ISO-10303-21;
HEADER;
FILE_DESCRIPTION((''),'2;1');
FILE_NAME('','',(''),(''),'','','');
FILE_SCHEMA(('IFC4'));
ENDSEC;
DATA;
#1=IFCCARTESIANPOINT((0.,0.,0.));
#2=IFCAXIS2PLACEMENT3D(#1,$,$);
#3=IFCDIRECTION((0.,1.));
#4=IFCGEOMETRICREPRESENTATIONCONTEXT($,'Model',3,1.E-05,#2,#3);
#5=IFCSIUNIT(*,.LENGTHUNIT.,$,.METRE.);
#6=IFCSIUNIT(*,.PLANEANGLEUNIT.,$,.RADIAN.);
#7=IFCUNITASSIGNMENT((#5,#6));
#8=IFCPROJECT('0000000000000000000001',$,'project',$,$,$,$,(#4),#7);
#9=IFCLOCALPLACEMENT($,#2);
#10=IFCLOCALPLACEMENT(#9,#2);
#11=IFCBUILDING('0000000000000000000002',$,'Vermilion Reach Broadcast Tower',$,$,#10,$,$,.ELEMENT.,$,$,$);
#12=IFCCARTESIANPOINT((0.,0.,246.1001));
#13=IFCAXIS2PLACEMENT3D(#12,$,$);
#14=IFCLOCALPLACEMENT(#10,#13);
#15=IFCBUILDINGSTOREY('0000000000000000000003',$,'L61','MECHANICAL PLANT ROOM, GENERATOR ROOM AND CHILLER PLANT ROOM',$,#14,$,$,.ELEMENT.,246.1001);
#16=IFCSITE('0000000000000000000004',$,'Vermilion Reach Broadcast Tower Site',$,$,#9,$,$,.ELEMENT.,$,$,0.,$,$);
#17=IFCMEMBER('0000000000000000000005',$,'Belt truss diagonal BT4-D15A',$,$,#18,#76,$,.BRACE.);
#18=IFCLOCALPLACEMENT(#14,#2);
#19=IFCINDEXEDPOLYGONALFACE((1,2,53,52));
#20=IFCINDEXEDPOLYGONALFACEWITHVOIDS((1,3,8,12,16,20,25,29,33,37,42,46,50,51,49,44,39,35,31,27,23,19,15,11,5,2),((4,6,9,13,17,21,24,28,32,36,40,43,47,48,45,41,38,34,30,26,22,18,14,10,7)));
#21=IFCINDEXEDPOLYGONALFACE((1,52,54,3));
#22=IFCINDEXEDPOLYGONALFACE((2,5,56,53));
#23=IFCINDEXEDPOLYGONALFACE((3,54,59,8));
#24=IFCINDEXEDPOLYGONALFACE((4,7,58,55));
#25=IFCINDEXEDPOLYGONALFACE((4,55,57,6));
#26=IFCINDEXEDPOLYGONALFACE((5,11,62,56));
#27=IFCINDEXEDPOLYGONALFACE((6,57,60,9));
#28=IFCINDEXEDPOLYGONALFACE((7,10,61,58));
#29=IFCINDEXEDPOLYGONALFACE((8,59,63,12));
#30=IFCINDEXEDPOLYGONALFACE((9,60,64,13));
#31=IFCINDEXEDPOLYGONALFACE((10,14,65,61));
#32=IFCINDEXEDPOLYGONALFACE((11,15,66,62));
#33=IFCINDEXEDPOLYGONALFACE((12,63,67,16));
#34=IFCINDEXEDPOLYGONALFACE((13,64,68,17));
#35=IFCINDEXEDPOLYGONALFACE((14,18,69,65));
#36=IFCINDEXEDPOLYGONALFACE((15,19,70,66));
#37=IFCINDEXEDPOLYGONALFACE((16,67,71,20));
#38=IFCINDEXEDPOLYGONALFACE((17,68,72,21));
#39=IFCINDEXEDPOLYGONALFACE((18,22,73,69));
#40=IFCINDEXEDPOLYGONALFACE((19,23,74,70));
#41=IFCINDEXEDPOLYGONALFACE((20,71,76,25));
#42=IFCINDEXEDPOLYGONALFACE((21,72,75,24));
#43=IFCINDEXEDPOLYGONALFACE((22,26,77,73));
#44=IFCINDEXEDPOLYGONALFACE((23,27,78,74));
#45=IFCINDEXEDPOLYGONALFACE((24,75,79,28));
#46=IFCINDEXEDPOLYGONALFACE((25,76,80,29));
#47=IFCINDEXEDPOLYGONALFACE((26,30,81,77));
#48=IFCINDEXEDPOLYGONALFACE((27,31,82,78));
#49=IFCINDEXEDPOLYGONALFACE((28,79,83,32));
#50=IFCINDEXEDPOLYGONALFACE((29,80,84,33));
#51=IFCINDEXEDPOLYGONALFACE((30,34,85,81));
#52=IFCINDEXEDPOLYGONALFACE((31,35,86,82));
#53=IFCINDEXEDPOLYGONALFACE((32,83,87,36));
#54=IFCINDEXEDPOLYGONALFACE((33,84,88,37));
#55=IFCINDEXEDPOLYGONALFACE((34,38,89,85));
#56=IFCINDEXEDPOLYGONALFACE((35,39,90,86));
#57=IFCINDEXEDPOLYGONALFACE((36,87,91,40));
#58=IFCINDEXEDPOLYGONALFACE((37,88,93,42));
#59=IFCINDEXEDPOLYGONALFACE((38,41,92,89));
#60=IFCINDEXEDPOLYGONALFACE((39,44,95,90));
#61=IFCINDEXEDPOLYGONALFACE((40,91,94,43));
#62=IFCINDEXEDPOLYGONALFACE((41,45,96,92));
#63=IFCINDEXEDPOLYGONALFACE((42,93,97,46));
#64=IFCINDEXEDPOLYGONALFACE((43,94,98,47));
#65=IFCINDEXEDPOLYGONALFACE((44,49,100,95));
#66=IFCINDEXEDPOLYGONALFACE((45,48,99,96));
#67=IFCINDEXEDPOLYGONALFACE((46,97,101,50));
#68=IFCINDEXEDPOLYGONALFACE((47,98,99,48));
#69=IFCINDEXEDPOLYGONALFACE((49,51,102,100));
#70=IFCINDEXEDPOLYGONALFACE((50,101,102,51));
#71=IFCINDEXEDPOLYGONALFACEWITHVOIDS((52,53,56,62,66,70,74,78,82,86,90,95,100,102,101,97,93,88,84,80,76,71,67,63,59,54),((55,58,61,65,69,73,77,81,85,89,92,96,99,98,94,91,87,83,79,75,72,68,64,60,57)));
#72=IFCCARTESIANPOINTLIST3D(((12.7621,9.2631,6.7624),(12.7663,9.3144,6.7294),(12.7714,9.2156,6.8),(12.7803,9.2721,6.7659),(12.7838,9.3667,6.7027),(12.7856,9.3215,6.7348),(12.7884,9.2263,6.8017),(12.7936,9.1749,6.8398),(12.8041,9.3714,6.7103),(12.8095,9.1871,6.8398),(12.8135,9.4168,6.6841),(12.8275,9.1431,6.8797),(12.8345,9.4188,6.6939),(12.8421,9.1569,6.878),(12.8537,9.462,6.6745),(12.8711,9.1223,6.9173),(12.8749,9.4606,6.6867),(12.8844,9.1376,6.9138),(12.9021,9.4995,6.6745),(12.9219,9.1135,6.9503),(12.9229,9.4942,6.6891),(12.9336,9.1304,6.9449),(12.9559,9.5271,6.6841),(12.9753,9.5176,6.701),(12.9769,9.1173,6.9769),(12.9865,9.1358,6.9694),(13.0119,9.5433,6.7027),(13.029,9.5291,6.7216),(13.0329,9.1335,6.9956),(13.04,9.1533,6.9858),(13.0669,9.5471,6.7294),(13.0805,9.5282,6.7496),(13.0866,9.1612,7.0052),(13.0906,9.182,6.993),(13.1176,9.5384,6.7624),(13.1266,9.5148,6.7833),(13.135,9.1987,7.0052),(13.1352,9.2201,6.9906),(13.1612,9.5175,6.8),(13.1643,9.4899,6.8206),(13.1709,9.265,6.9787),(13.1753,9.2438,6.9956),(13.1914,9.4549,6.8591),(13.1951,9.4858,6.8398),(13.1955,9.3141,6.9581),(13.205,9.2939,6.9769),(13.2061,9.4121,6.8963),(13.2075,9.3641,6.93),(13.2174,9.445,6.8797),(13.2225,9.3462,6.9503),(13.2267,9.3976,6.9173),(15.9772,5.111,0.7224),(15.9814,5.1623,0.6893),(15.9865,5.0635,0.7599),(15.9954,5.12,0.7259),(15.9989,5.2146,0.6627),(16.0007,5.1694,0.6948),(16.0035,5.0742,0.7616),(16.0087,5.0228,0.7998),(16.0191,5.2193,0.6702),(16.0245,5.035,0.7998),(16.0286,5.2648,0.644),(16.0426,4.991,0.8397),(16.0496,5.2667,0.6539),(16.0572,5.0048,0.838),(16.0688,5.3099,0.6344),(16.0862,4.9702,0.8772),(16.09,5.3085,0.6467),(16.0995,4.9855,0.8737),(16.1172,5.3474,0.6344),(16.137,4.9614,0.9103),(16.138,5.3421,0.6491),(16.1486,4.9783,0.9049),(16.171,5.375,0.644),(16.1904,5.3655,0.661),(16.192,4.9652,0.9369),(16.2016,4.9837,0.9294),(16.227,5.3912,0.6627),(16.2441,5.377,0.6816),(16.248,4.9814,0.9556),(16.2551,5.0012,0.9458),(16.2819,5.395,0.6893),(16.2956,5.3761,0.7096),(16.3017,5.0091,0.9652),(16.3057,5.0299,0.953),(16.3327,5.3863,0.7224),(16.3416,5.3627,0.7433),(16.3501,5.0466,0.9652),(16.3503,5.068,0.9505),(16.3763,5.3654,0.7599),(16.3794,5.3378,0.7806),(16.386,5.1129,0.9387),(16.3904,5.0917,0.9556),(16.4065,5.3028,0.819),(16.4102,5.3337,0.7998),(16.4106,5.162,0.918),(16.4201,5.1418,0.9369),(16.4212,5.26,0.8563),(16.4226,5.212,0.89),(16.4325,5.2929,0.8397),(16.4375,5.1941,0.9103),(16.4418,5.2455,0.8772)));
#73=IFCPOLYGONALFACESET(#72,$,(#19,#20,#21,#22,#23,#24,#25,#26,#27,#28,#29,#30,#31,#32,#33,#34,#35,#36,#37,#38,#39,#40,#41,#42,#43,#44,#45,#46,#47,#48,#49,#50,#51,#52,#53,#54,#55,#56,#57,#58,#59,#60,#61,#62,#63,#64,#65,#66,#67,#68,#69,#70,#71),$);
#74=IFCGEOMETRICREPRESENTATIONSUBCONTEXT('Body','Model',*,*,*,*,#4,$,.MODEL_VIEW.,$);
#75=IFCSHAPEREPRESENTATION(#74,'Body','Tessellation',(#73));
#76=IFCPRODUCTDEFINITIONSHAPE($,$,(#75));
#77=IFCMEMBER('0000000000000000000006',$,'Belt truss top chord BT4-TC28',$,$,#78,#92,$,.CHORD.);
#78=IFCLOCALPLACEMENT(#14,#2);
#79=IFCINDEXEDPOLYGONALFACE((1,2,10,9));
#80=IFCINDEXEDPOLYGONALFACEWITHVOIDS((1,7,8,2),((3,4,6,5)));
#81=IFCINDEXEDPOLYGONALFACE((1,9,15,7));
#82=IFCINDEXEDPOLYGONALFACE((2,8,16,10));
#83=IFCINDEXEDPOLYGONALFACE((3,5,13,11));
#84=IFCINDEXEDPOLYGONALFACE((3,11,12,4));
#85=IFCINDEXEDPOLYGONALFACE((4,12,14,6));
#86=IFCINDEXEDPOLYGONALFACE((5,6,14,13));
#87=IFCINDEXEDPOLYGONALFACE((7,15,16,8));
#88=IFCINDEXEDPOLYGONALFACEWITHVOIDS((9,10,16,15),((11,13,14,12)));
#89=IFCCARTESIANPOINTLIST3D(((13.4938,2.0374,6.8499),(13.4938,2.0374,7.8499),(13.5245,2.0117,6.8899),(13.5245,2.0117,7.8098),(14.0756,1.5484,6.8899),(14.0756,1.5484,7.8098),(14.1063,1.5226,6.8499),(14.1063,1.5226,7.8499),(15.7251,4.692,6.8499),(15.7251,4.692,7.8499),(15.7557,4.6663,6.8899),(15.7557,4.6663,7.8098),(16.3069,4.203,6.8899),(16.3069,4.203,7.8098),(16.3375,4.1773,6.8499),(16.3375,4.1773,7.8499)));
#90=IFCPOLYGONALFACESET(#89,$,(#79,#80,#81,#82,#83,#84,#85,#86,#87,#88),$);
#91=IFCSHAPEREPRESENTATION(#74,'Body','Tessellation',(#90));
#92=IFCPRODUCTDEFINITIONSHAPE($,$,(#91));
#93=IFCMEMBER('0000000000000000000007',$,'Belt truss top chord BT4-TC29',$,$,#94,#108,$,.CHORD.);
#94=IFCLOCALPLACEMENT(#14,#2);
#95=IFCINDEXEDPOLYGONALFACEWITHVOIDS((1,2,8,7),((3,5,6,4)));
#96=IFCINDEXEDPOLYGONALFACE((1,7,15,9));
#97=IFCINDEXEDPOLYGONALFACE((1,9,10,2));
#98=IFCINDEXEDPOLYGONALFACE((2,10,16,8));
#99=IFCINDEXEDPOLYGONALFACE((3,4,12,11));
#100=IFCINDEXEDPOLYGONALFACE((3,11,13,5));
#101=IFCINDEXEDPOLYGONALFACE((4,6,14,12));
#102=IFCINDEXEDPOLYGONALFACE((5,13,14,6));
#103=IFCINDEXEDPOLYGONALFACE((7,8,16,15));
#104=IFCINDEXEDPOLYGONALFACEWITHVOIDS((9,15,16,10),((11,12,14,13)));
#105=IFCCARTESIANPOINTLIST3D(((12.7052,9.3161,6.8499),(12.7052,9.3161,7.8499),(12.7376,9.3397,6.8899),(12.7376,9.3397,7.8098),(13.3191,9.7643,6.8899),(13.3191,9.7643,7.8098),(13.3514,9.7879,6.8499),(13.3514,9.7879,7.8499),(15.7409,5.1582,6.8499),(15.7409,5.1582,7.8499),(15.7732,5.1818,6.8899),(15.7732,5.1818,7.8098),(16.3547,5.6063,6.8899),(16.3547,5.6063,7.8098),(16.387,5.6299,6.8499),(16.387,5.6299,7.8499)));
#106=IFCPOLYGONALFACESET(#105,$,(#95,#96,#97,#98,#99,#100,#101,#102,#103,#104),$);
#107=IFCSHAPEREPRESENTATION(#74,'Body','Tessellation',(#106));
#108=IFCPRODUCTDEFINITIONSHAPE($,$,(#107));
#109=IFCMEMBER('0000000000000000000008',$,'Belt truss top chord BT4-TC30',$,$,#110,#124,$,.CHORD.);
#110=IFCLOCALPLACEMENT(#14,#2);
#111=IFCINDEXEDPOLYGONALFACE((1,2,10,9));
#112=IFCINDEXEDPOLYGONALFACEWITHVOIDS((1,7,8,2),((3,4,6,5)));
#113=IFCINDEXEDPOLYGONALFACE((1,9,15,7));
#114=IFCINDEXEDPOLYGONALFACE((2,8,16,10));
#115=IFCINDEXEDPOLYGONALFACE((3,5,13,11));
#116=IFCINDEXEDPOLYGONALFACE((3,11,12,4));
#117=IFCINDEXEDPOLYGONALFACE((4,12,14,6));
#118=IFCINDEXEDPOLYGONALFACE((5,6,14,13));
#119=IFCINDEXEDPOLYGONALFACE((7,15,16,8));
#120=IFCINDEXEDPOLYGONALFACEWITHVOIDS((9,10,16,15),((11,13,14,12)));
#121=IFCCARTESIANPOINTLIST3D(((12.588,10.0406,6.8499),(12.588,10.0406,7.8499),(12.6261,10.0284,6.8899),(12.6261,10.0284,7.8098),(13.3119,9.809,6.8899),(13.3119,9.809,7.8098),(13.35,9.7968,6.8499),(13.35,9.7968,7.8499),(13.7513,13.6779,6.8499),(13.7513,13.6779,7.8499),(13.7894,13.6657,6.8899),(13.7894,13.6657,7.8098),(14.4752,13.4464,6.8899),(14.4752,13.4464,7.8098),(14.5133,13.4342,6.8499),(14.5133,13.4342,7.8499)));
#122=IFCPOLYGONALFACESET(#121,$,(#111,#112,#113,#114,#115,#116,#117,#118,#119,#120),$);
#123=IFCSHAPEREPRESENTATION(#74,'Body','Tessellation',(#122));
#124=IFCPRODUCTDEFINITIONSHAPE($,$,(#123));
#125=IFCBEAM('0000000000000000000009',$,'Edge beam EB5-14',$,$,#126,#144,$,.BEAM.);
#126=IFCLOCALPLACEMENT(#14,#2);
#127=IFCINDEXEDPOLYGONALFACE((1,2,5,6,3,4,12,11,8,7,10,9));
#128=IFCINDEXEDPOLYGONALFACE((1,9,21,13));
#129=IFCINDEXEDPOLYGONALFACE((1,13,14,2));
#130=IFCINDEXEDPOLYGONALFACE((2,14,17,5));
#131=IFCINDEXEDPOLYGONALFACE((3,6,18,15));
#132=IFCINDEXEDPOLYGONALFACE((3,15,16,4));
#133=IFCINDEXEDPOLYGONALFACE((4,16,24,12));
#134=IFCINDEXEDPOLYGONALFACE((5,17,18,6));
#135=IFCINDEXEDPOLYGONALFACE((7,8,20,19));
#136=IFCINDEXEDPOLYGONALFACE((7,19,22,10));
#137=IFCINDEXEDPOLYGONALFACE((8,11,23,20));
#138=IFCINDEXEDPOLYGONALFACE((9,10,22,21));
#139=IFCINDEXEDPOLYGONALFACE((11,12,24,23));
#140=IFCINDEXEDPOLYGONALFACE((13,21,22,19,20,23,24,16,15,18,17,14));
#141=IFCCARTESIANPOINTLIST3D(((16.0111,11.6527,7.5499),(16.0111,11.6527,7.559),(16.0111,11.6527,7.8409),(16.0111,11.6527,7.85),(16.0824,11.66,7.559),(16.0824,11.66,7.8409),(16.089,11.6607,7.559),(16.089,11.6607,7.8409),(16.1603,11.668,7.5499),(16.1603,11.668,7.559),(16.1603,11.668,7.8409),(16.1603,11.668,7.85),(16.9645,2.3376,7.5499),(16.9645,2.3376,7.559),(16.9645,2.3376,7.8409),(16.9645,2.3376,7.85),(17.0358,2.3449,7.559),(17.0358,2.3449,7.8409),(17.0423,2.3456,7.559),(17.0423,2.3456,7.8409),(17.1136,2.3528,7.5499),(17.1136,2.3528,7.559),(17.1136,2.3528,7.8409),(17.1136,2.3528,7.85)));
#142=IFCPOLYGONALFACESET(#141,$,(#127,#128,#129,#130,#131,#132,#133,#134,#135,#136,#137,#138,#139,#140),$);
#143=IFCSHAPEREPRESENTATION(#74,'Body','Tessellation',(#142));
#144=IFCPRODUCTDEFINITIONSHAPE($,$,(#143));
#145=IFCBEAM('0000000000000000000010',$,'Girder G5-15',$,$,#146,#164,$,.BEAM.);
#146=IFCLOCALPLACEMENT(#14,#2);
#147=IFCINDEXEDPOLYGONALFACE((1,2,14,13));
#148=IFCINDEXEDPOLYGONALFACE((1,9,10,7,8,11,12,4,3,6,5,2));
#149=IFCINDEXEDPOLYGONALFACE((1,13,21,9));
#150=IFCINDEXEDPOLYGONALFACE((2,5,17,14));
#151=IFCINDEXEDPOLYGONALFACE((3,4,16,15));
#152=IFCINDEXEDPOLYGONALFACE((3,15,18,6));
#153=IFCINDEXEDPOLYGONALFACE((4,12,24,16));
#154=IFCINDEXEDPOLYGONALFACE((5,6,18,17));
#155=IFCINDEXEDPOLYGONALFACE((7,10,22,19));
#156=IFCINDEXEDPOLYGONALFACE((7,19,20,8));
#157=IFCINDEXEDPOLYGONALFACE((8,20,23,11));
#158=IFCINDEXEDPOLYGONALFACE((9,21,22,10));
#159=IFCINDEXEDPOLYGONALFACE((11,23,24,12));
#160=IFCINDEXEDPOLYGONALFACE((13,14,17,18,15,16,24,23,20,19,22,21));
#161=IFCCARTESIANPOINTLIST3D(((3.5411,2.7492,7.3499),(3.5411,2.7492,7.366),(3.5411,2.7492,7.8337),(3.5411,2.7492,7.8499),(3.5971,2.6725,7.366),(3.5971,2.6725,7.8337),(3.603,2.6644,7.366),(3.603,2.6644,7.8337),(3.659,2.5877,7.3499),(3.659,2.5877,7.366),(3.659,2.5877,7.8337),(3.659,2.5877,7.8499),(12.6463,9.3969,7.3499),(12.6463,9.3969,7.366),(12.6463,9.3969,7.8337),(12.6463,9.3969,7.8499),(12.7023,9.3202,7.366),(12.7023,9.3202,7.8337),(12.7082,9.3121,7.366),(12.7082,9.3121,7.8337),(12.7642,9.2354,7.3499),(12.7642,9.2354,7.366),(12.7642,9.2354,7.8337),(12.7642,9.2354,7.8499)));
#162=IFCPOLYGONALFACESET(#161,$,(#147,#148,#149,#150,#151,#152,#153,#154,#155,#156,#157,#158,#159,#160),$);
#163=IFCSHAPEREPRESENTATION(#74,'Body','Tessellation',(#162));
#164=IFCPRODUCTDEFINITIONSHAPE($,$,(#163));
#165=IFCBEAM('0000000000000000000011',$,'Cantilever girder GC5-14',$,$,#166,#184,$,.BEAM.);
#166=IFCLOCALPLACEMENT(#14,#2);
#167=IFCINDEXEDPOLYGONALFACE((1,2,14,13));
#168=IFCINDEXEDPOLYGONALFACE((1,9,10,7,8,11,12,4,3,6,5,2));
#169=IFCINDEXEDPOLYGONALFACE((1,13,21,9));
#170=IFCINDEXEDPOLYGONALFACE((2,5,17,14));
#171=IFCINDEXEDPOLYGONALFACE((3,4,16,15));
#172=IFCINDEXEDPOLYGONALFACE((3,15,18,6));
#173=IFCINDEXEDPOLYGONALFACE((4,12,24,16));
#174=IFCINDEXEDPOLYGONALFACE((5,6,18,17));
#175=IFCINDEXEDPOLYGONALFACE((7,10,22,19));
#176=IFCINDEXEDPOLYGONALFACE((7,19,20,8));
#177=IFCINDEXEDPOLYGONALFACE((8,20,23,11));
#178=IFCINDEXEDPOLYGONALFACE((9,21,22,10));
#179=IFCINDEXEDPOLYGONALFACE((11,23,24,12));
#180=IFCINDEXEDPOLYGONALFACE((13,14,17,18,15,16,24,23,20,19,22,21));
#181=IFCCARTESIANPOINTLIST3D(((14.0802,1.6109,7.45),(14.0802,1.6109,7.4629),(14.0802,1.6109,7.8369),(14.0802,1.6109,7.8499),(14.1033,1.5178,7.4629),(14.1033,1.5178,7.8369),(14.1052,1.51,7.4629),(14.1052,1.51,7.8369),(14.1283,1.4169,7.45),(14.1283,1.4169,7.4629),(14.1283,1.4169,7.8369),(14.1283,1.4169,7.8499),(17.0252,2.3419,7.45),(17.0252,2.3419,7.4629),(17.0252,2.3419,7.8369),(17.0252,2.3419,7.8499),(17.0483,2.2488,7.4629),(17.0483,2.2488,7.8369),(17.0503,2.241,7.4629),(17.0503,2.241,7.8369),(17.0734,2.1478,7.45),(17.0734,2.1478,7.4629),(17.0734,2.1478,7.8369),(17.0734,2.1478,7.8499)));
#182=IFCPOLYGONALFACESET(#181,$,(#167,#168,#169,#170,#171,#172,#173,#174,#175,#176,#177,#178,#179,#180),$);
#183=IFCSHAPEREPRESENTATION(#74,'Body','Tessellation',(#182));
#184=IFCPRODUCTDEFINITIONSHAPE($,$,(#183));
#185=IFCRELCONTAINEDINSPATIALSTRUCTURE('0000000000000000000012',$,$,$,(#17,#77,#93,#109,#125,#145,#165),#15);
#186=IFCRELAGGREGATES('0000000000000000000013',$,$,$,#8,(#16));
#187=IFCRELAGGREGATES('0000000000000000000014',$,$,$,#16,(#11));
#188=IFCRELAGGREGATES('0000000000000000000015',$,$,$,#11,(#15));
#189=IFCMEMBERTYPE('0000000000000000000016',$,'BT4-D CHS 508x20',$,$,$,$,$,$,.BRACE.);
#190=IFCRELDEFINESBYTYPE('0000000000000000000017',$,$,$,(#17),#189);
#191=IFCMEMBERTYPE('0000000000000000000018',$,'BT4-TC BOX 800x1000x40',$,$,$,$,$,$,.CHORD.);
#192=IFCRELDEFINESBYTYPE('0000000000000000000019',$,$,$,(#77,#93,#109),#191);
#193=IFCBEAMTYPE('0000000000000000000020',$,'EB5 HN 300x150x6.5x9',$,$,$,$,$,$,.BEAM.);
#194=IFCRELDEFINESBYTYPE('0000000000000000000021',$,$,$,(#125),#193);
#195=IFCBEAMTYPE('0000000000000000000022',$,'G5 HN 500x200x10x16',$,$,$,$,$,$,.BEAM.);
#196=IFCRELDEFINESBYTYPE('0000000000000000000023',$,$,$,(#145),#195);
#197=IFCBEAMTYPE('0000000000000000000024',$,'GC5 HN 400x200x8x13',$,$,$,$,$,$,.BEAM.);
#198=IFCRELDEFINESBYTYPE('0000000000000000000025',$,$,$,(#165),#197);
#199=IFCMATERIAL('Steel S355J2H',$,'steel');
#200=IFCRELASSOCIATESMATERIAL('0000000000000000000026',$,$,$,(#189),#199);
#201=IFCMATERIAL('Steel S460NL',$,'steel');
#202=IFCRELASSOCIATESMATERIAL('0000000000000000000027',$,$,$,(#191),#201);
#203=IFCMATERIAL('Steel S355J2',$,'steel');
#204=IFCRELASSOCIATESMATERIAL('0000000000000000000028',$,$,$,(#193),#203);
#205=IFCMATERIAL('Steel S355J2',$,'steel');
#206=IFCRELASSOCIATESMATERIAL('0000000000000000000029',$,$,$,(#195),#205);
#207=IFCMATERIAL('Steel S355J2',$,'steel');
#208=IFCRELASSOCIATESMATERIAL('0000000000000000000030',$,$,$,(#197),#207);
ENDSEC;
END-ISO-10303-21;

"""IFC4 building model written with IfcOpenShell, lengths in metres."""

from ifc_helpers import new_model, si_unit, direction, frame, origin, origin_2d, place, context, subcontext, project, spatial, hollow_rectangle, hollow_circle, i_section, extrude, material, material_profile, profile_set, type_object, element, save


model = new_model("IFC4")

# Units and contexts
model_context = context("Model", 3, precision=1e-05, world=origin(), true_north=direction((0.0, 1.0)))
body_context = subcontext(model_context, "Body", "Model", "MODEL_VIEW")
ifc_project = project(units=[si_unit("LENGTHUNIT", "METRE"), si_unit("PLANEANGLEUNIT", "RADIAN")], contexts=[model_context])

# Site, building, storey
site_placement = place(None, origin())
site = spatial("IfcSite", under=ifc_project, at=site_placement, Name="Vermilion Reach Broadcast Tower Site", CompositionType="ELEMENT", RefElevation=0.0)
building_placement = place(site_placement, origin())
building = spatial("IfcBuilding", under=site, at=building_placement, Name="Vermilion Reach Broadcast Tower", CompositionType="ELEMENT")
storey_placement = place(building_placement, frame((0.0, 0.0, 246.1001)))
storey = spatial("IfcBuildingStorey", under=building, at=storey_placement, Name="L61", Description="MECHANICAL PLANT ROOM, GENERATOR ROOM AND CHILLER PLANT ROOM", CompositionType="ELEMENT", Elevation=246.1001)

# Members
ifc_material_1 = material(Name="Steel S355J2H", Category="steel")
ifc_material_profile_1 = material_profile(ifc_material_1, hollow_circle(Radius=0.2539, WallThickness=0.02, at=origin_2d()), Name="S355J2H CHS 508x20")
ifc_profile_set_1 = profile_set([ifc_material_profile_1], Name="Steel S355J2H")
member_type_1 = type_object("IfcMemberType", Name="BT4-D CHS 508x20", PredefinedType="BRACE", material=ifc_profile_set_1)
member_1_placement = place(storey_placement, frame((16.2095, 5.1782, 0.7998), z_axis=(-0.401702, 0.518774, 0.754658), x_axis=(-0.790672, -0.61224, 0.0)))
element("IfcMember", 1, at=member_1_placement, inside=storey, type_object=member_type_1, Name="Belt truss diagonal BT4-D15A", PredefinedType="BRACE", context=body_context, shape_type="SweptSolid", body=[
    extrude(hollow_circle(Radius=0.2539, WallThickness=0.02, at=origin_2d()), origin(), (0.0, 0.0, 1.0), 8.0037),
])
ifc_material_2 = material(Name="Steel S460NL", Category="steel")
ifc_material_profile_2 = material_profile(ifc_material_2, hollow_rectangle(XDim=0.8, YDim=1.0, WallThickness=0.04, at=origin_2d()), Name="S460NL BOX 800x1000x40")
ifc_profile_set_2 = profile_set([ifc_material_profile_2], Name="Steel S460NL")
member_type_2 = type_object("IfcMemberType", Name="BT4-TC BOX 800x1000x40", PredefinedType="CHORD", material=ifc_profile_set_2)
member_2_placement = place(storey_placement, frame((13.8, 1.78, 7.3499), z_axis=(0.643427, 0.765508, 0.0), x_axis=(-0.765508, 0.643427, 0.0)))
element("IfcMember", 2, at=member_2_placement, inside=storey, type_object=member_type_2, Name="Belt truss top chord BT4-TC28", PredefinedType="CHORD", context=body_context, shape_type="SweptSolid", body=[
    extrude(hollow_rectangle(XDim=0.8, YDim=1.0, WallThickness=0.04, at=origin_2d()), origin(), (0.0, 0.0, 1.0), 3.4678),
])
member_3_placement = place(storey_placement, frame((16.064, 5.394, 7.3499), z_axis=(-0.589654, 0.807656, 0.0), x_axis=(-0.807656, -0.589654, 0.0)))
element("IfcMember", 3, at=member_3_placement, inside=storey, type_object=member_type_2, Name="Belt truss top chord BT4-TC29", PredefinedType="CHORD", context=body_context, shape_type="SweptSolid", body=[
    extrude(hollow_rectangle(XDim=0.8, YDim=1.0, WallThickness=0.04, at=origin_2d()), origin(), (0.0, 0.0, 1.0), 5.1482),
])
member_4_placement = place(storey_placement, frame((12.969, 9.9187, 7.3499), z_axis=(0.30462, 0.952474, 0.0), x_axis=(-0.952474, 0.30462, 0.0)))
element("IfcMember", 4, at=member_4_placement, inside=storey, type_object=member_type_2, Name="Belt truss top chord BT4-TC30", PredefinedType="CHORD", context=body_context, shape_type="SweptSolid", body=[
    extrude(hollow_rectangle(XDim=0.8, YDim=1.0, WallThickness=0.04, at=origin_2d()), origin(), (0.0, 0.0, 1.0), 3.8188),
])

# Beams
ifc_material_3 = material(Name="Steel S355J2", Category="steel")
ifc_material_profile_3 = material_profile(ifc_material_3, i_section(OverallWidth=0.1499, OverallDepth=0.3, WebThickness=0.0066, FlangeThickness=0.009, at=origin_2d()), Name="S355J2 HN 300x150x6.5x9")
ifc_profile_set_3 = profile_set([ifc_material_profile_3], Name="Steel S355J2")
beam_type_1 = type_object("IfcBeamType", Name="EB5 HN 300x150x6.5x9", PredefinedType="BEAM", material=ifc_profile_set_3)
beam_1_placement = place(storey_placement, frame((17.0391, 2.3452, 7.7), z_axis=(-0.101814, 0.994803, 0.0), x_axis=(-0.994803, -0.101814, 0.0)))
element("IfcBeam", 5, at=beam_1_placement, inside=storey, type_object=beam_type_1, Name="Edge beam EB5-14", PredefinedType="BEAM", context=body_context, shape_type="SweptSolid", body=[
    extrude(i_section(OverallWidth=0.1499, OverallDepth=0.3, WebThickness=0.0066, FlangeThickness=0.009, at=origin_2d()), origin(), (0.0, 0.0, 1.0), 9.3638),
])
ifc_material_4 = material(Name="Steel S355J2", Category="steel")
ifc_material_profile_4 = material_profile(ifc_material_4, i_section(OverallWidth=0.2, OverallDepth=0.5, WebThickness=0.01, FlangeThickness=0.0161, at=origin_2d()), Name="S355J2 HN 500x200x10x16")
ifc_profile_set_4 = profile_set([ifc_material_profile_4], Name="Steel S355J2")
beam_type_2 = type_object("IfcBeamType", Name="G5 HN 500x200x10x16", PredefinedType="BEAM", material=ifc_profile_set_4)
beam_2_placement = place(storey_placement, frame((3.6001, 2.6685, 7.5999), z_axis=(0.807649, 0.589663, 0.0), x_axis=(-0.589663, 0.807649, 0.0)))
element("IfcBeam", 6, at=beam_2_placement, inside=storey, type_object=beam_type_2, Name="Girder G5-15", PredefinedType="BEAM", context=body_context, shape_type="SweptSolid", body=[
    extrude(i_section(OverallWidth=0.2, OverallDepth=0.5, WebThickness=0.01, FlangeThickness=0.0161, at=origin_2d()), origin(), (0.0, 0.0, 1.0), 11.2737),
])
ifc_material_5 = material(Name="Steel S355J2", Category="steel")
ifc_material_profile_5 = material_profile(ifc_material_5, i_section(OverallWidth=0.2, OverallDepth=0.3999, WebThickness=0.0081, FlangeThickness=0.0129, at=origin_2d()), Name="S355J2 HN 400x200x8x13")
ifc_profile_set_5 = profile_set([ifc_material_profile_5], Name="Steel S355J2")
beam_type_3 = type_object("IfcBeamType", Name="GC5 HN 400x200x8x13", PredefinedType="BEAM", material=ifc_profile_set_5)
beam_3_placement = place(storey_placement, frame((14.1042, 1.5139, 7.6499), z_axis=(0.970553, 0.240888, 0.0), x_axis=(-0.240888, 0.970553, 0.0)))
element("IfcBeam", 7, at=beam_3_placement, inside=storey, type_object=beam_type_3, Name="Cantilever girder GC5-14", PredefinedType="BEAM", context=body_context, shape_type="SweptSolid", body=[
    extrude(i_section(OverallWidth=0.2, OverallDepth=0.3999, WebThickness=0.0081, FlangeThickness=0.0129, at=origin_2d()), origin(), (0.0, 0.0, 1.0), 3.0344),
])

save(model, "model.ifc")
